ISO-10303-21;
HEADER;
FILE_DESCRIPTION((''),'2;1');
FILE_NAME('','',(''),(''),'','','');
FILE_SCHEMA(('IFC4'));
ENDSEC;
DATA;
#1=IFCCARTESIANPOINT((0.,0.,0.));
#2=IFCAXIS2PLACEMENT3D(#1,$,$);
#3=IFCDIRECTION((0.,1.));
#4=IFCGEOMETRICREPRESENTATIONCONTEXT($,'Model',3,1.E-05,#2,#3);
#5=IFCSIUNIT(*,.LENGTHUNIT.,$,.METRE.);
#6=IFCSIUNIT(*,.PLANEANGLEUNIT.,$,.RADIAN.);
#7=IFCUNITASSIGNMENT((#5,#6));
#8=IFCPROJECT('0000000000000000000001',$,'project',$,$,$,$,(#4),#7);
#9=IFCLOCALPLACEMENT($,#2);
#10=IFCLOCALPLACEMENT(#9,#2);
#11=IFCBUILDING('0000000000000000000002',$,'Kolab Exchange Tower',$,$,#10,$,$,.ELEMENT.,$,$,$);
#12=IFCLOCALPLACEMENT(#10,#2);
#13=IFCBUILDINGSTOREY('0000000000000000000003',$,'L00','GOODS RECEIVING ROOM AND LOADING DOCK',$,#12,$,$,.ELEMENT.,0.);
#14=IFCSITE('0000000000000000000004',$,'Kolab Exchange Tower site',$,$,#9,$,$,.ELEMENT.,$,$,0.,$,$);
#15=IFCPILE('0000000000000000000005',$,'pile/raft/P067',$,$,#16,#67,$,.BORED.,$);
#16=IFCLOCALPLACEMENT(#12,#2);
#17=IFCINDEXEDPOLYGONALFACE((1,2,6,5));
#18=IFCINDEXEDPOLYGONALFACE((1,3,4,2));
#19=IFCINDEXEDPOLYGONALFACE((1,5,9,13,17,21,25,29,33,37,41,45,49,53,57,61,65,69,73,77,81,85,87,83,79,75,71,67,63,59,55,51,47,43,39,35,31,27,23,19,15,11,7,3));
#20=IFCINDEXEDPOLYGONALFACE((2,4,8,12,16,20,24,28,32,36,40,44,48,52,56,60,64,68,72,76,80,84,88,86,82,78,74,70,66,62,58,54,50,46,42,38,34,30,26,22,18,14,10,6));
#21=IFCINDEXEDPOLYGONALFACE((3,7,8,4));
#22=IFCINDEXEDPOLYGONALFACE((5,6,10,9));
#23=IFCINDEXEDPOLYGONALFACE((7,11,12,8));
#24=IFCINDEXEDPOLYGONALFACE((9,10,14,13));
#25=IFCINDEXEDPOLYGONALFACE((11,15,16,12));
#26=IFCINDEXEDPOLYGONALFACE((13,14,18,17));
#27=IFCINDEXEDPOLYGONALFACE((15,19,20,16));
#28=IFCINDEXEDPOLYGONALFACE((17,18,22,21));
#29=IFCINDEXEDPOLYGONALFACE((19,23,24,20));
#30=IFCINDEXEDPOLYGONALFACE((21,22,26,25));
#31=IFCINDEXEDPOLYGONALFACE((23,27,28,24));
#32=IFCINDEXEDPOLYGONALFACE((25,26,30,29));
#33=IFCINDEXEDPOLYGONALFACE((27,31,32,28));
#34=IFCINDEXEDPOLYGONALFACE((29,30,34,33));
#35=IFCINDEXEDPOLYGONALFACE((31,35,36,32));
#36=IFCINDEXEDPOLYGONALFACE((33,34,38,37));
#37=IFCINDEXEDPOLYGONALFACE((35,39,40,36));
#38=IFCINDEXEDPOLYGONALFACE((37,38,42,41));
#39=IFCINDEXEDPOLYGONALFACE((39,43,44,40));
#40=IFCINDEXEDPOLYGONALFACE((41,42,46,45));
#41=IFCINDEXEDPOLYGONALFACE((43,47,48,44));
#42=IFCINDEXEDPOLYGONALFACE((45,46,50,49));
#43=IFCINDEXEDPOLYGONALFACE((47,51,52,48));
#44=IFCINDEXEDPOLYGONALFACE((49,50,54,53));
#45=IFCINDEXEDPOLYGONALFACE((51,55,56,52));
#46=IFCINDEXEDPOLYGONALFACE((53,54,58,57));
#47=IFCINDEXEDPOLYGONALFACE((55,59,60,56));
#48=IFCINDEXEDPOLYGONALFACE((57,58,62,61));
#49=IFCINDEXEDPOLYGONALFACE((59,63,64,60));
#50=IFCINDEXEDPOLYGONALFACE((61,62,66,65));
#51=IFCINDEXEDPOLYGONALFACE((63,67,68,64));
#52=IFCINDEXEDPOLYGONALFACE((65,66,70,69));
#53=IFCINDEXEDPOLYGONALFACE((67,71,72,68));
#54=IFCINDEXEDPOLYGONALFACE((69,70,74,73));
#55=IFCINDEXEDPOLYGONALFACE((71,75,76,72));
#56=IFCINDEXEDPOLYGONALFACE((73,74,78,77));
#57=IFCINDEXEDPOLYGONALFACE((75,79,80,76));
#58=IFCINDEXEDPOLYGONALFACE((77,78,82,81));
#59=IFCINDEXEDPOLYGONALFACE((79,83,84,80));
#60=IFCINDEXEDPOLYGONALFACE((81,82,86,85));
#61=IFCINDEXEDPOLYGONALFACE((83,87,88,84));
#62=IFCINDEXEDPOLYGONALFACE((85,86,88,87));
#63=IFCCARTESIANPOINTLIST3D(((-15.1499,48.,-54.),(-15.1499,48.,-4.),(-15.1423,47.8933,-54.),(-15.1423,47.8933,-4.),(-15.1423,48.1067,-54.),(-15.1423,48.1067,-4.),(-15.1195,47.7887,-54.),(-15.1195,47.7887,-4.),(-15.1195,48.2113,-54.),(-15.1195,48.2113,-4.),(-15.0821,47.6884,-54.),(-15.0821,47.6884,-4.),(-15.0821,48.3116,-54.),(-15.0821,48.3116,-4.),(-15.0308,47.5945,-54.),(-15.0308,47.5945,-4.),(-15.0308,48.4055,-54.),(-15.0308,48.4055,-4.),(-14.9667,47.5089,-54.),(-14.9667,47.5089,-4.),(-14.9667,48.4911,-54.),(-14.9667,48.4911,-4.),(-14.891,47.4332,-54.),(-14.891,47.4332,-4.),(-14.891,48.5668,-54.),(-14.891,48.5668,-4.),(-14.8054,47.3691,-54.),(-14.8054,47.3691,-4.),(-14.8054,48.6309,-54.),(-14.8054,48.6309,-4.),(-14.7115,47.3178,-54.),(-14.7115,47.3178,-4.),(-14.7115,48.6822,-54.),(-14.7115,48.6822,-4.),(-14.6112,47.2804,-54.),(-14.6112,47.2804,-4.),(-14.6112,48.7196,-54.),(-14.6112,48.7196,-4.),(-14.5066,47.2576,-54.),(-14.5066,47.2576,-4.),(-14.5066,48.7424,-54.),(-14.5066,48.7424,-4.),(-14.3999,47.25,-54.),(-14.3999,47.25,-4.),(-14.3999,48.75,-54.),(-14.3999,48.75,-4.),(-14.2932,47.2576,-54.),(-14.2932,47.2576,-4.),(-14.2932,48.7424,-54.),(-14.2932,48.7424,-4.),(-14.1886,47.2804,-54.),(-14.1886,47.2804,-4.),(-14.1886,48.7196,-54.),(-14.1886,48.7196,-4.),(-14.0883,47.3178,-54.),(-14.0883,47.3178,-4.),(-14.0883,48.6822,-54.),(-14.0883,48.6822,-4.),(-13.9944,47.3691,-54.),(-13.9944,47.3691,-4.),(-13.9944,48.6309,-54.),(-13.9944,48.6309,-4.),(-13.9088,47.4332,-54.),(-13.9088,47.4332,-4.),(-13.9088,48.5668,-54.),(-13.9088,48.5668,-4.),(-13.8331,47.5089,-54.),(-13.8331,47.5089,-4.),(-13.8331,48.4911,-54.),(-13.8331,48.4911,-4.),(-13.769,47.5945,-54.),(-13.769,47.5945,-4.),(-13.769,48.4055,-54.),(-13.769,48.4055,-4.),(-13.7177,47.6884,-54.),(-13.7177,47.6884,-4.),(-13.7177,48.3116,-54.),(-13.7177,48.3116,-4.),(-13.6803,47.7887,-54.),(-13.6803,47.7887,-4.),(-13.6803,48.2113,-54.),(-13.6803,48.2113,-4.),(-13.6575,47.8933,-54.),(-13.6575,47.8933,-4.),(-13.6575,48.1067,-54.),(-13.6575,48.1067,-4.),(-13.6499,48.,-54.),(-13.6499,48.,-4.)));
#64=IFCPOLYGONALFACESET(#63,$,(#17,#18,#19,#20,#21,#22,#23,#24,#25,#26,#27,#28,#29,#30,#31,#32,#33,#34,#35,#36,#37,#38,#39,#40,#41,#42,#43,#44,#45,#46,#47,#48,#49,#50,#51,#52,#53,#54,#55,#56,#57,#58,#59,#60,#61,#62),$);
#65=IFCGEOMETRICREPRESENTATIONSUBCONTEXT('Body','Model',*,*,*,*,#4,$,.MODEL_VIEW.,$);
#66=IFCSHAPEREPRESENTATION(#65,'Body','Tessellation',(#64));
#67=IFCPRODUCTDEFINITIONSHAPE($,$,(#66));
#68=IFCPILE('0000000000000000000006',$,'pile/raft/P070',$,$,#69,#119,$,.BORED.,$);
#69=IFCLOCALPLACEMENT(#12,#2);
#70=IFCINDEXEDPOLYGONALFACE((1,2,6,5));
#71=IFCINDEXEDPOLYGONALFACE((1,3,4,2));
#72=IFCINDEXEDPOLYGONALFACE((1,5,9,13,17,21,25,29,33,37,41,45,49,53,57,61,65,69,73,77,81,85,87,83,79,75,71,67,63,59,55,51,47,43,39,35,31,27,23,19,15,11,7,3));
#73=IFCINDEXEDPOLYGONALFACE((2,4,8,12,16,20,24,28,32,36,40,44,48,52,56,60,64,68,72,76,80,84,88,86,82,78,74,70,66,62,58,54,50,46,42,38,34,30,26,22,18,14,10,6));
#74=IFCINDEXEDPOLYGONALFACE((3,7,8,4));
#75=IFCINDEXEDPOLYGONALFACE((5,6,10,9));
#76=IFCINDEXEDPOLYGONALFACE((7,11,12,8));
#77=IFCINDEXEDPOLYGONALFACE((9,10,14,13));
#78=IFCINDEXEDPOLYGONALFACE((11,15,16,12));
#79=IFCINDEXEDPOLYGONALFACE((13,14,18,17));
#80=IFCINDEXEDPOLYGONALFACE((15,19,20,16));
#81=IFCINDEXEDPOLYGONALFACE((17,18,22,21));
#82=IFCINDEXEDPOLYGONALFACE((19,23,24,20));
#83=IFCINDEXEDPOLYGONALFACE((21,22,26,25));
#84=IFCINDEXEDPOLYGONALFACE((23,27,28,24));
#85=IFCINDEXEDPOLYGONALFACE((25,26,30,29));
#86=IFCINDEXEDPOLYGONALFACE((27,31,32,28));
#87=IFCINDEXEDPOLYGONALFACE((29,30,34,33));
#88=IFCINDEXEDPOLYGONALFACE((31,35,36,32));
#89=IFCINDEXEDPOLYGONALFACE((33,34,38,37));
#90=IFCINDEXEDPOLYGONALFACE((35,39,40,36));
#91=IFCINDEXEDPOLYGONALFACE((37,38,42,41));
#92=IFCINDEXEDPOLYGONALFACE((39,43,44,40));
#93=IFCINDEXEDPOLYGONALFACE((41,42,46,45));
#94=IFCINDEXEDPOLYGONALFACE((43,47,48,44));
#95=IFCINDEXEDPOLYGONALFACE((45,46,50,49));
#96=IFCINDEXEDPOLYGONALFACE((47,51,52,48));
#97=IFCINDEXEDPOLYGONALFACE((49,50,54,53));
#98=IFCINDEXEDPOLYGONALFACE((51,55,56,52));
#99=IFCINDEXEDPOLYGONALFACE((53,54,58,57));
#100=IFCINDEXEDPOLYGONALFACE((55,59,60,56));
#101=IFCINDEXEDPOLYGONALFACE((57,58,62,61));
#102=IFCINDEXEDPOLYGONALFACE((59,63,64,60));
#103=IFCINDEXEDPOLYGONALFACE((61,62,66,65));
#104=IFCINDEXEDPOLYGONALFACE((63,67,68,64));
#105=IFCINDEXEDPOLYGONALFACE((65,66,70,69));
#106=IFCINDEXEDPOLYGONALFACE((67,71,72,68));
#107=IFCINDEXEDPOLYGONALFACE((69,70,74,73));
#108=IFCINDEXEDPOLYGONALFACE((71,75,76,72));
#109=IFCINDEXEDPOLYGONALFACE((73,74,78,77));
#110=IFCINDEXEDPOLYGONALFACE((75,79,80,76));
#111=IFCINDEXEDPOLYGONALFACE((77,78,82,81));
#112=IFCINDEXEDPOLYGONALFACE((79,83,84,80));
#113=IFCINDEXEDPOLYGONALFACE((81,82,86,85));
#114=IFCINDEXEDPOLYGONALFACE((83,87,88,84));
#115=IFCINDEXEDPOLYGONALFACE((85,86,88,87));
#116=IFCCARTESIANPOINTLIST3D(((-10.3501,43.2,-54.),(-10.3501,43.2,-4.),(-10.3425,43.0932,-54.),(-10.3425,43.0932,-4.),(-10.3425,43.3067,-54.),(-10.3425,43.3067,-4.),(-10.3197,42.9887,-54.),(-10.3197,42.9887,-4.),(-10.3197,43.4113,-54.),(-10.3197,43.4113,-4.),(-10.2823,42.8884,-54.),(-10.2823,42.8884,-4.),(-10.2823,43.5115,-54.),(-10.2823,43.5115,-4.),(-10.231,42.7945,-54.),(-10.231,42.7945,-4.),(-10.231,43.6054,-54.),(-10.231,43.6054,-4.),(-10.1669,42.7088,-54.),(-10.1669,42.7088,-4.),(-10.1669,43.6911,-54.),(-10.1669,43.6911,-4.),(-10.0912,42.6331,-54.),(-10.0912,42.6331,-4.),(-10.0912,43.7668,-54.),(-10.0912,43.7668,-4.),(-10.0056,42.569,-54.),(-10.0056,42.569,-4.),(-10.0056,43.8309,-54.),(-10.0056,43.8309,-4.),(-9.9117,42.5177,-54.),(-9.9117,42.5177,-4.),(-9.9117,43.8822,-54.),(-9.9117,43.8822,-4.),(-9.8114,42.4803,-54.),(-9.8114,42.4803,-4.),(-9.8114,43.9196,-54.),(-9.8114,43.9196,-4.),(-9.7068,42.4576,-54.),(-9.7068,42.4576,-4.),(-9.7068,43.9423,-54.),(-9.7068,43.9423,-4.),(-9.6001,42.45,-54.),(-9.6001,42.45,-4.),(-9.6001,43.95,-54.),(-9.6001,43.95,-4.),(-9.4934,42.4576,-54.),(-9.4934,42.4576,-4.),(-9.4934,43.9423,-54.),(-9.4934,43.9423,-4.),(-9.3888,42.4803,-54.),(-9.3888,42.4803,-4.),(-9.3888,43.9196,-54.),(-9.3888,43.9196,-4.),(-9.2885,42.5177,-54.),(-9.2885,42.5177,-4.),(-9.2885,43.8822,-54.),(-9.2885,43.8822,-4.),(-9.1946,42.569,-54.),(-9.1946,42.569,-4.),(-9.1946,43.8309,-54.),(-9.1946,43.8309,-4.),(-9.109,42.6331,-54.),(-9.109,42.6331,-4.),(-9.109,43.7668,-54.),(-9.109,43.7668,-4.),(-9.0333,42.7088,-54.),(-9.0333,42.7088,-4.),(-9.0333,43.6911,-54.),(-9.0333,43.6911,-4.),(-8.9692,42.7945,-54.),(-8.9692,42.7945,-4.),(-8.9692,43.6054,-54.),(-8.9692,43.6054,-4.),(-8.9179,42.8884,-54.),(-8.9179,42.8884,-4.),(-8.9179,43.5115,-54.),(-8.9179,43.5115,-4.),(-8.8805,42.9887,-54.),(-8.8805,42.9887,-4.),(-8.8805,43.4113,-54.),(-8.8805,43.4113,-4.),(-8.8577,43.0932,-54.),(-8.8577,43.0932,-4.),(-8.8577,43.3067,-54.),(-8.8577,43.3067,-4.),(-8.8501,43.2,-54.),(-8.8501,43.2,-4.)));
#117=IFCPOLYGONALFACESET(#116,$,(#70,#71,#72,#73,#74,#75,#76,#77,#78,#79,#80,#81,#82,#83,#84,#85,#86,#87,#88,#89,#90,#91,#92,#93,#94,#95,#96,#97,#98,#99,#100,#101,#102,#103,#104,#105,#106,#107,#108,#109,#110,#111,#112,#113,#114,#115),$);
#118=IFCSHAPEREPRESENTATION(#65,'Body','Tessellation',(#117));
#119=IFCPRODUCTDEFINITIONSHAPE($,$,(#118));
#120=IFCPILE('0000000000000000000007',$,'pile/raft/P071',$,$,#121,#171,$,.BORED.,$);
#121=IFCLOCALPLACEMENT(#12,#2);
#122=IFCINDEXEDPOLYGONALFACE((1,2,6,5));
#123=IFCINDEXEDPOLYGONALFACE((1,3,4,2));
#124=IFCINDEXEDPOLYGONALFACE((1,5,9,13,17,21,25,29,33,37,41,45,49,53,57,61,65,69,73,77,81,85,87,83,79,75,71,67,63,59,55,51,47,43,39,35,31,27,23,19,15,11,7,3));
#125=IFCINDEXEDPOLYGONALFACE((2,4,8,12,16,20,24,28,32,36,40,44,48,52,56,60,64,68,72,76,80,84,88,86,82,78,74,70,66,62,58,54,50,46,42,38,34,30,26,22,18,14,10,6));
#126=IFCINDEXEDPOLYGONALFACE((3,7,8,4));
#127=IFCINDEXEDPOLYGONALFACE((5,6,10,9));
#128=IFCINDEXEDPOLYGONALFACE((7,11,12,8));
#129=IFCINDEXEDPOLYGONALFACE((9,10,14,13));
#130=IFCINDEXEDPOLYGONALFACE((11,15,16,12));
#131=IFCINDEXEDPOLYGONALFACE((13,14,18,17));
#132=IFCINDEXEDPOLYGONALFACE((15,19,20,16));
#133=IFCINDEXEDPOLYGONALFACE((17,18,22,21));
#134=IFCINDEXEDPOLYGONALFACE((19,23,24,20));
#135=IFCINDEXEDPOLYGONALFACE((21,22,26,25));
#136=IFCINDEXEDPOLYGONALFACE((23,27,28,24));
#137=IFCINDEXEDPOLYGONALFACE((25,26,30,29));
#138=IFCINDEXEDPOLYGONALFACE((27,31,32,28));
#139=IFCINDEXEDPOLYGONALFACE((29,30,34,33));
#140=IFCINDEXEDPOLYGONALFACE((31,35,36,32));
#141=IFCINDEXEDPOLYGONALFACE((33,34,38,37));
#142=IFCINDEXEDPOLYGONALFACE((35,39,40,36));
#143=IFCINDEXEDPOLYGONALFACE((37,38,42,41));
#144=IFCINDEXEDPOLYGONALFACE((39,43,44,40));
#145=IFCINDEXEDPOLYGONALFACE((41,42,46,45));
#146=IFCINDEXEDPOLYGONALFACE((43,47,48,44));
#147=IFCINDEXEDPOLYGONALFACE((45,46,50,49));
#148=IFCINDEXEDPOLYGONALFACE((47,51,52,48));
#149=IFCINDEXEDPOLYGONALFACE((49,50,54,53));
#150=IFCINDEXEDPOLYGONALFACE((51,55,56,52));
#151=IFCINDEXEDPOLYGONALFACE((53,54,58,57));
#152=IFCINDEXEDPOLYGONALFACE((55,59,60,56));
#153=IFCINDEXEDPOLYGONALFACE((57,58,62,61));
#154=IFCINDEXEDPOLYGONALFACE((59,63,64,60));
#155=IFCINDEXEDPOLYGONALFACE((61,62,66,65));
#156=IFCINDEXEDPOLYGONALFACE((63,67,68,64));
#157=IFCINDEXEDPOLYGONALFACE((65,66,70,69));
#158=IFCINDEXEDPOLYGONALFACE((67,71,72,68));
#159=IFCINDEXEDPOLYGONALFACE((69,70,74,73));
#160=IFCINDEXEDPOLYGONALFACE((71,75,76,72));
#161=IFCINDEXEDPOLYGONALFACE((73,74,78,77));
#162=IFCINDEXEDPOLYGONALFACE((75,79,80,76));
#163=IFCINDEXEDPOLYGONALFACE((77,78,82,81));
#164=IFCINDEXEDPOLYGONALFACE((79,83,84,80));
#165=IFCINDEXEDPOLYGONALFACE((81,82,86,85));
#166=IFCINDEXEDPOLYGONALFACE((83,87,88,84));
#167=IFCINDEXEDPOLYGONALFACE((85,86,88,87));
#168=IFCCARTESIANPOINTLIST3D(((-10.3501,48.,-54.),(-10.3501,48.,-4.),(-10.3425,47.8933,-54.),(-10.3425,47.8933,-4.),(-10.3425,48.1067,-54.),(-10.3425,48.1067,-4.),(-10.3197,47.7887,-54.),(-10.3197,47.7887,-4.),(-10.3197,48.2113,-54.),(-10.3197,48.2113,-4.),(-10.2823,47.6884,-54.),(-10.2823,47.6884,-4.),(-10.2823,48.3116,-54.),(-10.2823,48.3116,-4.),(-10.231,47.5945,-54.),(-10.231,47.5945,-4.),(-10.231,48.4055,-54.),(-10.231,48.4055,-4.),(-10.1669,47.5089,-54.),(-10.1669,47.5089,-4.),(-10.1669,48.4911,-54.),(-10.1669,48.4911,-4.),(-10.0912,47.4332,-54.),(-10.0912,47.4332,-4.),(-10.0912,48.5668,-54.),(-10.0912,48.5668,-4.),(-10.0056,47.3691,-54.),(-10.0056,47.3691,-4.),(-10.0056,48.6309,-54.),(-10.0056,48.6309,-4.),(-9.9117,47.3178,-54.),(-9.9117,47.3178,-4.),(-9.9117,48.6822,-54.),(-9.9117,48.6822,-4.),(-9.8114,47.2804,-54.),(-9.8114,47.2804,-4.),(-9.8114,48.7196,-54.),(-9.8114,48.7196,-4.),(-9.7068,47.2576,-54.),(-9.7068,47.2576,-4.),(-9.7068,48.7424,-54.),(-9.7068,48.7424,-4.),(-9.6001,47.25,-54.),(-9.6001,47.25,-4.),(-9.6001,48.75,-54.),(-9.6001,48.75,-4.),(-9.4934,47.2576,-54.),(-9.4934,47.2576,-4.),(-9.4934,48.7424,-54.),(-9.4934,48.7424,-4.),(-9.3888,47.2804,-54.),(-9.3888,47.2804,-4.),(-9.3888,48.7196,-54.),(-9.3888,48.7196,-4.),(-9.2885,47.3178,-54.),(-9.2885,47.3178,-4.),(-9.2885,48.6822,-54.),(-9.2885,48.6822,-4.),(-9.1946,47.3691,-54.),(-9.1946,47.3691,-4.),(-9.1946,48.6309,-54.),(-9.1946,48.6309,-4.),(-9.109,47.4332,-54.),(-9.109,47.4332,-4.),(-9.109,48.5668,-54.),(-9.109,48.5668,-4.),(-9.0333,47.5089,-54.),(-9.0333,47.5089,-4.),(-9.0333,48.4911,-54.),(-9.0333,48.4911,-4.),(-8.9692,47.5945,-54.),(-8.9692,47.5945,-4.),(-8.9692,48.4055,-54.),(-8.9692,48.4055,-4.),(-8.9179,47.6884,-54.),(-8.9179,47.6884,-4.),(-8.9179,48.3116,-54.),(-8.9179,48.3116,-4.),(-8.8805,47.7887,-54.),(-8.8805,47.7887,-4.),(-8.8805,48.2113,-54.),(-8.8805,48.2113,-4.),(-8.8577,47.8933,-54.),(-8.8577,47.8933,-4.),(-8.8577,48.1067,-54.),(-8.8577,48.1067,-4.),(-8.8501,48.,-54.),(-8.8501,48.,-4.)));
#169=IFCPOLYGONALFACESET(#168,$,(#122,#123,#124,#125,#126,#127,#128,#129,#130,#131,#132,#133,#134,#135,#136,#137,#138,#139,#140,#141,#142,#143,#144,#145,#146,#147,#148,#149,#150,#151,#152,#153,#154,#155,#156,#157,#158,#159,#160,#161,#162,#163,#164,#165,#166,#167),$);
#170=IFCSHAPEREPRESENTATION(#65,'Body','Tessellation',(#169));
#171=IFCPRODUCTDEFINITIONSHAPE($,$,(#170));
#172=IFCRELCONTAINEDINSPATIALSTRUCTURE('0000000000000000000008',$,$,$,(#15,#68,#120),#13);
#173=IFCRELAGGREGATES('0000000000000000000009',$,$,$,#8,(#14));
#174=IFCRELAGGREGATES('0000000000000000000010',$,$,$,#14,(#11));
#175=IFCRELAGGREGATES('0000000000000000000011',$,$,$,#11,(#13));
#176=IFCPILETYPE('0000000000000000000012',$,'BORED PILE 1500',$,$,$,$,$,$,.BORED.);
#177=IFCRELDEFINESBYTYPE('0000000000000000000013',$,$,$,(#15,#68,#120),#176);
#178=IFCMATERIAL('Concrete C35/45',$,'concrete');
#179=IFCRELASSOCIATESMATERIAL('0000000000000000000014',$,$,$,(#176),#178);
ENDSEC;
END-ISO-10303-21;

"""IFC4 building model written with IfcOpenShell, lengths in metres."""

from ifc_helpers import new_model, si_unit, direction, frame, origin, origin_2d, place, context, subcontext, project, spatial, circle, extrude, material, material_profile, profile_set, type_object, element, save


model = new_model("IFC4")

# Units and contexts
model_context = context("Model", 3, precision=1e-05, world=origin(), true_north=direction((0.0, 1.0)))
body_context = subcontext(model_context, "Body", "Model", "MODEL_VIEW")
ifc_project = project(units=[si_unit("LENGTHUNIT", "METRE"), si_unit("PLANEANGLEUNIT", "RADIAN")], contexts=[model_context])

# Site, building, storey
site_placement = place(None, origin())
site = spatial("IfcSite", under=ifc_project, at=site_placement, Name="Kolab Exchange Tower site", CompositionType="ELEMENT", RefElevation=0.0)
building_placement = place(site_placement, origin())
building = spatial("IfcBuilding", under=site, at=building_placement, Name="Kolab Exchange Tower", CompositionType="ELEMENT")
storey_placement = place(building_placement, origin())
storey = spatial("IfcBuildingStorey", under=building, at=storey_placement, Name="L00", Description="GOODS RECEIVING ROOM AND LOADING DOCK", CompositionType="ELEMENT", Elevation=0.0)

# Piles
ifc_material_1 = material(Name="Concrete C35/45", Category="concrete")
ifc_material_profile_1 = material_profile(ifc_material_1, circle(Radius=0.75, at=origin_2d()), Name="BP1500")
ifc_profile_set_1 = profile_set([ifc_material_profile_1], Name="Concrete C35/45")
pile_type_1 = type_object("IfcPileType", Name="BORED PILE 1500", PredefinedType="BORED", material=ifc_profile_set_1)
for number, where, z_axis, x_axis, name in (
    (1, (-14.3999, 48.0, -4.0), (0.0, 0.0, -1.0), (1.0, 0.0, 0.0), "pile/raft/P067"),
    (2, (-9.6001, 43.2, -4.0), (0.0, 0.0, -1.0), (1.0, 0.0, 0.0), "pile/raft/P070"),
    (3, (-9.6001, 48.0, -4.0), (0.0, 0.0, -1.0), (1.0, 0.0, 0.0), "pile/raft/P071"),
):
    element("IfcPile", number, at=place(storey_placement, frame(where, z_axis=z_axis, x_axis=x_axis)), inside=storey, type_object=pile_type_1, Name=name, PredefinedType="BORED", context=body_context, shape_type="SweptSolid", body=[
        extrude(circle(Radius=0.75, at=origin_2d()), origin(), (0.0, 0.0, 1.0), 50.0),
    ])

save(model, "model.ifc")
